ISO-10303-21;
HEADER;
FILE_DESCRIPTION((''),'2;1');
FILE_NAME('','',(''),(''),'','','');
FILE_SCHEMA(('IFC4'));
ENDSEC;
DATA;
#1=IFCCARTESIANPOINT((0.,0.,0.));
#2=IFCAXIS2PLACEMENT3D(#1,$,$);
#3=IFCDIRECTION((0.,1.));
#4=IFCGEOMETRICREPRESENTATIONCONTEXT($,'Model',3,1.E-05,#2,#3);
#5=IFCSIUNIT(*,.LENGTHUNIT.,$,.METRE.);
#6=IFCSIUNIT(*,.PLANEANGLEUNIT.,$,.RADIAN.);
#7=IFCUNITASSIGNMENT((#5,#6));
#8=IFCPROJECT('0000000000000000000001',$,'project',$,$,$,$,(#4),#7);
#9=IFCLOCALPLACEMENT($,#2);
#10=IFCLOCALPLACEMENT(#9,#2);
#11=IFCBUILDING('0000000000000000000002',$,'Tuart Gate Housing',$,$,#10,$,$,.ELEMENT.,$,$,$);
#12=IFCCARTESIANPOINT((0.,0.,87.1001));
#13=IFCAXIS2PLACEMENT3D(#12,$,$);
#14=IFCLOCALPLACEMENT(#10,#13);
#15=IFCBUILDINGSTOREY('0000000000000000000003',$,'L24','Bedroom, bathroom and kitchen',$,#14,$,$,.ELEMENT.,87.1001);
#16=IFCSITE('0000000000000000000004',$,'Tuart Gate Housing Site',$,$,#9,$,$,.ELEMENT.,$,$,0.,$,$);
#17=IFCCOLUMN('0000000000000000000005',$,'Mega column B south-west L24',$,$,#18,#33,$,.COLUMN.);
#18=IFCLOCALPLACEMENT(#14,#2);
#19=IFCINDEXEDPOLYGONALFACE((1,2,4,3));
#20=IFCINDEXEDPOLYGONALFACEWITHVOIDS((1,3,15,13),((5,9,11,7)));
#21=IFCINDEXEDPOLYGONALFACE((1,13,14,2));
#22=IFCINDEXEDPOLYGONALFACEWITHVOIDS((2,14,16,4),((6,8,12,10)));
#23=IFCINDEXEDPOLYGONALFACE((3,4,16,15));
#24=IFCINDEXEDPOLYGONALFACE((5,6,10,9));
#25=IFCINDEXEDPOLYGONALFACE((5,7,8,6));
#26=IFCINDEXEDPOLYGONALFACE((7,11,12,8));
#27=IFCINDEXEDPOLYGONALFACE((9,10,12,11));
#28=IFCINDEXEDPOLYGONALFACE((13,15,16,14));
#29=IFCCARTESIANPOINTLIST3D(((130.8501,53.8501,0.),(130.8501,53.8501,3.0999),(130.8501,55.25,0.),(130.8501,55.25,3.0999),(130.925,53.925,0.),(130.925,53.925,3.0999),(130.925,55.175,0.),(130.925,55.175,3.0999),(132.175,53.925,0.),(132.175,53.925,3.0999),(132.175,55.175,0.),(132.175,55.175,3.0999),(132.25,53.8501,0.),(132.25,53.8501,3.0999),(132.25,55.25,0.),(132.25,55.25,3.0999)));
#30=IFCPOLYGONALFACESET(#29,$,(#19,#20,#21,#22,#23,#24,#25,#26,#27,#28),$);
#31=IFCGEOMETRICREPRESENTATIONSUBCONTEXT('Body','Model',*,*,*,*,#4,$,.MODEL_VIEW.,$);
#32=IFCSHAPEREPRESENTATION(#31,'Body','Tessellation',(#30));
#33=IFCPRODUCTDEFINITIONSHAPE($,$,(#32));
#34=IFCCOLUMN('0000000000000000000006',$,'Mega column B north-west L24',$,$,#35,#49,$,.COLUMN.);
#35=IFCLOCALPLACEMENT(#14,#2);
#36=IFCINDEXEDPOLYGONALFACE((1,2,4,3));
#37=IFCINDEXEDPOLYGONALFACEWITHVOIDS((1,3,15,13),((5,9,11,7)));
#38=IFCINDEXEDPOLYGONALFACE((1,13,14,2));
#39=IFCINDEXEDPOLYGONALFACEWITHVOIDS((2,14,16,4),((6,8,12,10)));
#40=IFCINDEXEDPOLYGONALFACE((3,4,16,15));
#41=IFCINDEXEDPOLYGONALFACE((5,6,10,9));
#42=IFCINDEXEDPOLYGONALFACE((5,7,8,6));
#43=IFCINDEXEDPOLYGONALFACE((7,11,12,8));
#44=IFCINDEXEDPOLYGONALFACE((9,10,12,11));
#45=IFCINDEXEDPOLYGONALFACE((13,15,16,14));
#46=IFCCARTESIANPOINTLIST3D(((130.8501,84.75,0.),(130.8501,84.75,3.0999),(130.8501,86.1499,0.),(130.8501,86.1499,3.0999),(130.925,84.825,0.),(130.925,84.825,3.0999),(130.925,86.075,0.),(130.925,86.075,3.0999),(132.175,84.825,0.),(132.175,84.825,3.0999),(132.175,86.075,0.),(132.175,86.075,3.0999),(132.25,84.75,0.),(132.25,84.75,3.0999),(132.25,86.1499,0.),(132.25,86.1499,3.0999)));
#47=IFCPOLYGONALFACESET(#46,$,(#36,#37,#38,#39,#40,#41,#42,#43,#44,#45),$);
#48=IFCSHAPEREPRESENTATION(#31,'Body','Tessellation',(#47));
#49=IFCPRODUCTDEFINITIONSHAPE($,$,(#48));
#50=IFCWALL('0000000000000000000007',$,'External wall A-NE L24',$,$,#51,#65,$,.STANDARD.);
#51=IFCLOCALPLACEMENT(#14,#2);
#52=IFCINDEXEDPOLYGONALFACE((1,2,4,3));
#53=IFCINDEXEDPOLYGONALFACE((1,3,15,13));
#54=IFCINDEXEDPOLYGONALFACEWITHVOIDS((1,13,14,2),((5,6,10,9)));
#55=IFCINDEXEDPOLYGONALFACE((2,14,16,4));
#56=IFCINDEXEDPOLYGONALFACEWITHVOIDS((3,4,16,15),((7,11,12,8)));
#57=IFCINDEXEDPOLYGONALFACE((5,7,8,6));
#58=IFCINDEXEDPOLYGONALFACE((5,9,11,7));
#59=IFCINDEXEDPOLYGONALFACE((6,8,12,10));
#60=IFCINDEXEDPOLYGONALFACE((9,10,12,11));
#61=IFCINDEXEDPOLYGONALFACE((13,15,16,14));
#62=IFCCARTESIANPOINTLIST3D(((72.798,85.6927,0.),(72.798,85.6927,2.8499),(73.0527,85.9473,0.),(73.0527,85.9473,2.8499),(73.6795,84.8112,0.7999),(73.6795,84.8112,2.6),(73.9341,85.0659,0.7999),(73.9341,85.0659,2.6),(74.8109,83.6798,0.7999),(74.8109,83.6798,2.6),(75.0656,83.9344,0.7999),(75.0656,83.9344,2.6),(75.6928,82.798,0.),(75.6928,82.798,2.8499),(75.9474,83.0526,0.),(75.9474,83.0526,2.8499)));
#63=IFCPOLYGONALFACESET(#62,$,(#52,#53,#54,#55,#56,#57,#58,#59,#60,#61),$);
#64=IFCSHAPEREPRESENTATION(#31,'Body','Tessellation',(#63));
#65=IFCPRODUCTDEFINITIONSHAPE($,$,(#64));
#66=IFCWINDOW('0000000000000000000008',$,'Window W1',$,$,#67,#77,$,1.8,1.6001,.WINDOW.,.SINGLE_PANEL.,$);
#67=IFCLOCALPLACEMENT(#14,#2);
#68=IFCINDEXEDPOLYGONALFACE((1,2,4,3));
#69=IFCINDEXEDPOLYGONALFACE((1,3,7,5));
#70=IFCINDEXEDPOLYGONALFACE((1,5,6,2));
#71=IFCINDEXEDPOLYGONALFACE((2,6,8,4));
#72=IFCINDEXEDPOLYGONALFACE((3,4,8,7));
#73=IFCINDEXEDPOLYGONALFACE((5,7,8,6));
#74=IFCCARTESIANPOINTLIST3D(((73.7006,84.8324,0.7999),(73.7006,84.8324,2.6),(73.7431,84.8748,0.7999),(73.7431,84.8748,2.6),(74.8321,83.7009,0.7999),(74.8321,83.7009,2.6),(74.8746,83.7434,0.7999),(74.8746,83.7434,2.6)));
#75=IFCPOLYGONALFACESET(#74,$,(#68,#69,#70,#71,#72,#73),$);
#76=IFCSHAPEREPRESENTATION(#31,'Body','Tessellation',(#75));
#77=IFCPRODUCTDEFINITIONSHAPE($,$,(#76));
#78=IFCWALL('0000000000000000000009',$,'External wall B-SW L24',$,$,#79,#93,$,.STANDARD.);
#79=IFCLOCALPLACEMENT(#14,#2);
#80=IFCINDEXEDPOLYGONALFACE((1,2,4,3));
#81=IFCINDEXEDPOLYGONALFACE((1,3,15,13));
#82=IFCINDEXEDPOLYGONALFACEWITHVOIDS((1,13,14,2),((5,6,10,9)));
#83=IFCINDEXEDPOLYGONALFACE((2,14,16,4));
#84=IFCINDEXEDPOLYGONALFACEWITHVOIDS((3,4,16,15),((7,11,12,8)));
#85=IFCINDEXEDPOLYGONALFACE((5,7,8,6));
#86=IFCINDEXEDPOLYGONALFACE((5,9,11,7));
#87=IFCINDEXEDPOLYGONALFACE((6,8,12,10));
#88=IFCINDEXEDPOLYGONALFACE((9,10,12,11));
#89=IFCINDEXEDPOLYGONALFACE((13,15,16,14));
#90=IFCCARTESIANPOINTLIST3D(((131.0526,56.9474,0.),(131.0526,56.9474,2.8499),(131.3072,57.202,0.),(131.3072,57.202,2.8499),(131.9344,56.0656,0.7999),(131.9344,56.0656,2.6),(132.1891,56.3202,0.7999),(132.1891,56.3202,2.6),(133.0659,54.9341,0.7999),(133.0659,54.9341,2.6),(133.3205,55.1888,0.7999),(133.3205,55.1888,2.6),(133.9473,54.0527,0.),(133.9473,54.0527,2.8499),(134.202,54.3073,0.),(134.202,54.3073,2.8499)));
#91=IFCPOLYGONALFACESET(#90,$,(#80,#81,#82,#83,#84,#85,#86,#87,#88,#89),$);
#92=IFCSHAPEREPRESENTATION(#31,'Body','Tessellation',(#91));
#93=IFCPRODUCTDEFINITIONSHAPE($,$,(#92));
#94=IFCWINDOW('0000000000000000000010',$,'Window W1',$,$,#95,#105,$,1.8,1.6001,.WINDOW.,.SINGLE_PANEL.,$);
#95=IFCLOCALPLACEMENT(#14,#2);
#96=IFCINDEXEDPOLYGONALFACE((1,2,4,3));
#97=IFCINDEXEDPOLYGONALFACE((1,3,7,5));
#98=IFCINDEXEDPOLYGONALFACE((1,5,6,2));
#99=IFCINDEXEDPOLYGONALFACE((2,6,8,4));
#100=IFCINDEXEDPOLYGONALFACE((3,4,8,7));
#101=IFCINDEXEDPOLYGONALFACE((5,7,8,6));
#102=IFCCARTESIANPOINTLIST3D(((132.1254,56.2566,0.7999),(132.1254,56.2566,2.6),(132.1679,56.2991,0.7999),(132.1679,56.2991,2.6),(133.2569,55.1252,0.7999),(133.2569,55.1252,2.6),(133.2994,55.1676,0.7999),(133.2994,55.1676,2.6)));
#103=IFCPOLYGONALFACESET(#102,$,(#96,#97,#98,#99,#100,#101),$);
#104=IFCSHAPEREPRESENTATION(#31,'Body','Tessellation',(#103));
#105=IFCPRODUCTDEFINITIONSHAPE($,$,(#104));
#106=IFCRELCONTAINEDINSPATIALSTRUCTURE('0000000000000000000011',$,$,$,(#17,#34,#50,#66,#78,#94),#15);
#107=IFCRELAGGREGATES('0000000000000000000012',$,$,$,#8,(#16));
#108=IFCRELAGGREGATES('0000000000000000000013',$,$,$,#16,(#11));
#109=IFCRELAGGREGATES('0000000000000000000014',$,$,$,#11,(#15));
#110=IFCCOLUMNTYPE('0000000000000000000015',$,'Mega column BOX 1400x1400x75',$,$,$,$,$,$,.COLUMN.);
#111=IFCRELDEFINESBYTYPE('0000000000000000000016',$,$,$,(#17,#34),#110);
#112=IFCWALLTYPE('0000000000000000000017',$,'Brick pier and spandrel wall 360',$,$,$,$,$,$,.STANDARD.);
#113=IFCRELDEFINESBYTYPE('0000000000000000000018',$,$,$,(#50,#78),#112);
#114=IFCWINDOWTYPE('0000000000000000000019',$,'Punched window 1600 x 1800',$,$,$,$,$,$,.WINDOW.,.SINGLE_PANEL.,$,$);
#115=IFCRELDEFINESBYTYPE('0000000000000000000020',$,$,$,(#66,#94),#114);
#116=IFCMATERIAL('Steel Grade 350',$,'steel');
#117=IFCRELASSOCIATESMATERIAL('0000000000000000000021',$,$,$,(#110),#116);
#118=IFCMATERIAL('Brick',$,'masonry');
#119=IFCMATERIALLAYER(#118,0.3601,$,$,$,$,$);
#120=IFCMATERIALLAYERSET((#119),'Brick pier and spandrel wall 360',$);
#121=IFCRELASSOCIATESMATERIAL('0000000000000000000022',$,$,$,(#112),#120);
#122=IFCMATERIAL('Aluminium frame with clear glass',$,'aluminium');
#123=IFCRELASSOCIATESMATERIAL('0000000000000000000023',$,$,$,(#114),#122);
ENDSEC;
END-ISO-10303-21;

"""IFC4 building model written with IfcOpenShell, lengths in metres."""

from ifc_helpers import new_model, si_unit, direction, frame, frame_2d, origin, origin_2d, place, context, subcontext, project, spatial, rectangle, hollow_rectangle, extrude, material, layer, layer_set, material_profile, profile_set, type_object, element, fill, save


model = new_model("IFC4")

# Units and contexts
model_context = context("Model", 3, precision=1e-05, world=origin(), true_north=direction((0.0, 1.0)))
body_context = subcontext(model_context, "Body", "Model", "MODEL_VIEW")
ifc_project = project(units=[si_unit("LENGTHUNIT", "METRE"), si_unit("PLANEANGLEUNIT", "RADIAN")], contexts=[model_context])

# Site, building, storey
site_placement = place(None, origin())
site = spatial("IfcSite", under=ifc_project, at=site_placement, Name="Tuart Gate Housing Site", CompositionType="ELEMENT", RefElevation=0.0)
building_placement = place(site_placement, origin())
building = spatial("IfcBuilding", under=site, at=building_placement, Name="Tuart Gate Housing", CompositionType="ELEMENT")
storey_placement = place(building_placement, frame((0.0, 0.0, 87.1001)))
storey = spatial("IfcBuildingStorey", under=building, at=storey_placement, Name="L24", Description="Bedroom, bathroom and kitchen", CompositionType="ELEMENT", Elevation=87.1001)

# Columns
ifc_material_1 = material(Name="Steel Grade 350", Category="steel")
ifc_material_profile = material_profile(ifc_material_1, hollow_rectangle(XDim=1.3999, YDim=1.3999, WallThickness=0.075, at=origin_2d()), Name="BOX 1400x1400x75")
ifc_profile_set = profile_set([ifc_material_profile], Name="Steel Grade 350")
column_type = type_object("IfcColumnType", Name="Mega column BOX 1400x1400x75", PredefinedType="COLUMN", material=ifc_profile_set)
for number, where, z_axis, x_axis, name in (
    (1, (131.55, 54.55, 0.0), (0.0, 0.0, 1.0), (1.0, 0.0, 0.0), "Mega column B south-west L24"),
    (2, (131.55, 85.45, 0.0), (0.0, 0.0, 1.0), (1.0, 0.0, 0.0), "Mega column B north-west L24"),
):
    element("IfcColumn", number, at=place(storey_placement, frame(where, z_axis=z_axis, x_axis=x_axis)), inside=storey, type_object=column_type, Name=name, PredefinedType="COLUMN", context=body_context, shape_type="SweptSolid", body=[
        extrude(hollow_rectangle(XDim=1.3999, YDim=1.3999, WallThickness=0.075, at=origin_2d()), origin(), (0.0, 0.0, 1.0), 3.0999),
    ])

# Walls, openings, windows
ifc_material_2 = material(Name="Brick", Category="masonry")
ifc_layer_1 = layer(ifc_material_2, 0.3601)
ifc_layer_set_1 = layer_set([ifc_layer_1], Name="Brick pier and spandrel wall 360")
wall_type_1 = type_object("IfcWallType", Name="Brick pier and spandrel wall 360", PredefinedType="STANDARD", material=ifc_layer_set_1)
wall_1_placement = place(storey_placement, frame((75.8201, 82.9253, 0.0), z_axis=(0.0, 0.0, 1.0), x_axis=(-0.707107, 0.707107, 0.0)))
wall_1 = element("IfcWall", 3, at=wall_1_placement, inside=storey, type_object=wall_type_1, Name="External wall A-NE L24", PredefinedType="STANDARD", context=body_context, shape_type="SweptSolid", body=[
    extrude(rectangle(XDim=4.0938, YDim=0.3601, at=frame_2d((2.0469, 0.0))), origin(), (0.0, 0.0, 1.0), 2.8499),
])
opening_1_placement = place(wall_1_placement, frame((1.2471, 0.0, 0.8)))
opening_1 = element("IfcOpeningElement", 4, at=opening_1_placement, cuts=wall_1, PredefinedType="OPENING", context=body_context, shape_type="SweptSolid", body=[
    extrude(rectangle(XDim=1.6001, YDim=1.8, at=frame_2d((0.8, 0.8999))), frame((0.0, 0.1899, 0.0), z_axis=(0.0, -1.0, 0.0), x_axis=(1.0, 0.0, 0.0)), (0.0, 0.0, 1.0), 0.3801),
])
ifc_material_3 = material(Name="Aluminium frame with clear glass", Category="aluminium")
window_type = type_object("IfcWindowType", Name="Punched window 1600 x 1800", PartitioningType="SINGLE_PANEL", PredefinedType="WINDOW", material=ifc_material_3)
window_1_placement = place(opening_1_placement, origin())
window_1 = element("IfcWindow", 5, at=window_1_placement, inside=storey, type_object=window_type, Name="Window W1", OverallHeight=1.8, OverallWidth=1.6001, PartitioningType="SINGLE_PANEL", PredefinedType="WINDOW", context=body_context, shape_type="SweptSolid", body=[
    extrude(rectangle(XDim=1.6001, YDim=1.8, at=frame_2d((0.8, 0.8999))), frame((0.0, 0.1501, 0.0), z_axis=(0.0, -1.0, 0.0), x_axis=(1.0, 0.0, 0.0)), (0.0, 0.0, 1.0), 0.0601),
])
fill(opening_1, window_1)
wall_2_placement = place(storey_placement, frame((131.1799, 57.0747, 0.0), z_axis=(0.0, 0.0, 1.0), x_axis=(0.707107, -0.707107, 0.0)))
wall_2 = element("IfcWall", 6, at=wall_2_placement, inside=storey, type_object=wall_type_1, Name="External wall B-SW L24", PredefinedType="STANDARD", context=body_context, shape_type="SweptSolid", body=[
    extrude(rectangle(XDim=4.0938, YDim=0.3601, at=frame_2d((2.0469, 0.0))), origin(), (0.0, 0.0, 1.0), 2.8499),
])
opening_2_placement = place(wall_2_placement, frame((1.2471, 0.0, 0.8)))
opening_2 = element("IfcOpeningElement", 7, at=opening_2_placement, cuts=wall_2, PredefinedType="OPENING", context=body_context, shape_type="SweptSolid", body=[
    extrude(rectangle(XDim=1.6001, YDim=1.8, at=frame_2d((0.8, 0.8999))), frame((0.0, 0.1899, 0.0), z_axis=(0.0, -1.0, 0.0), x_axis=(1.0, 0.0, 0.0)), (0.0, 0.0, 1.0), 0.3801),
])
window_2_placement = place(opening_2_placement, origin())
window_2 = element("IfcWindow", 8, at=window_2_placement, inside=storey, type_object=window_type, Name="Window W1", OverallHeight=1.8, OverallWidth=1.6001, PartitioningType="SINGLE_PANEL", PredefinedType="WINDOW", context=body_context, shape_type="SweptSolid", body=[
    extrude(rectangle(XDim=1.6001, YDim=1.8, at=frame_2d((0.8, 0.8999))), frame((0.0, 0.1501, 0.0), z_axis=(0.0, -1.0, 0.0), x_axis=(1.0, 0.0, 0.0)), (0.0, 0.0, 1.0), 0.0601),
])
fill(opening_2, window_2)

save(model, "model.ifc")
